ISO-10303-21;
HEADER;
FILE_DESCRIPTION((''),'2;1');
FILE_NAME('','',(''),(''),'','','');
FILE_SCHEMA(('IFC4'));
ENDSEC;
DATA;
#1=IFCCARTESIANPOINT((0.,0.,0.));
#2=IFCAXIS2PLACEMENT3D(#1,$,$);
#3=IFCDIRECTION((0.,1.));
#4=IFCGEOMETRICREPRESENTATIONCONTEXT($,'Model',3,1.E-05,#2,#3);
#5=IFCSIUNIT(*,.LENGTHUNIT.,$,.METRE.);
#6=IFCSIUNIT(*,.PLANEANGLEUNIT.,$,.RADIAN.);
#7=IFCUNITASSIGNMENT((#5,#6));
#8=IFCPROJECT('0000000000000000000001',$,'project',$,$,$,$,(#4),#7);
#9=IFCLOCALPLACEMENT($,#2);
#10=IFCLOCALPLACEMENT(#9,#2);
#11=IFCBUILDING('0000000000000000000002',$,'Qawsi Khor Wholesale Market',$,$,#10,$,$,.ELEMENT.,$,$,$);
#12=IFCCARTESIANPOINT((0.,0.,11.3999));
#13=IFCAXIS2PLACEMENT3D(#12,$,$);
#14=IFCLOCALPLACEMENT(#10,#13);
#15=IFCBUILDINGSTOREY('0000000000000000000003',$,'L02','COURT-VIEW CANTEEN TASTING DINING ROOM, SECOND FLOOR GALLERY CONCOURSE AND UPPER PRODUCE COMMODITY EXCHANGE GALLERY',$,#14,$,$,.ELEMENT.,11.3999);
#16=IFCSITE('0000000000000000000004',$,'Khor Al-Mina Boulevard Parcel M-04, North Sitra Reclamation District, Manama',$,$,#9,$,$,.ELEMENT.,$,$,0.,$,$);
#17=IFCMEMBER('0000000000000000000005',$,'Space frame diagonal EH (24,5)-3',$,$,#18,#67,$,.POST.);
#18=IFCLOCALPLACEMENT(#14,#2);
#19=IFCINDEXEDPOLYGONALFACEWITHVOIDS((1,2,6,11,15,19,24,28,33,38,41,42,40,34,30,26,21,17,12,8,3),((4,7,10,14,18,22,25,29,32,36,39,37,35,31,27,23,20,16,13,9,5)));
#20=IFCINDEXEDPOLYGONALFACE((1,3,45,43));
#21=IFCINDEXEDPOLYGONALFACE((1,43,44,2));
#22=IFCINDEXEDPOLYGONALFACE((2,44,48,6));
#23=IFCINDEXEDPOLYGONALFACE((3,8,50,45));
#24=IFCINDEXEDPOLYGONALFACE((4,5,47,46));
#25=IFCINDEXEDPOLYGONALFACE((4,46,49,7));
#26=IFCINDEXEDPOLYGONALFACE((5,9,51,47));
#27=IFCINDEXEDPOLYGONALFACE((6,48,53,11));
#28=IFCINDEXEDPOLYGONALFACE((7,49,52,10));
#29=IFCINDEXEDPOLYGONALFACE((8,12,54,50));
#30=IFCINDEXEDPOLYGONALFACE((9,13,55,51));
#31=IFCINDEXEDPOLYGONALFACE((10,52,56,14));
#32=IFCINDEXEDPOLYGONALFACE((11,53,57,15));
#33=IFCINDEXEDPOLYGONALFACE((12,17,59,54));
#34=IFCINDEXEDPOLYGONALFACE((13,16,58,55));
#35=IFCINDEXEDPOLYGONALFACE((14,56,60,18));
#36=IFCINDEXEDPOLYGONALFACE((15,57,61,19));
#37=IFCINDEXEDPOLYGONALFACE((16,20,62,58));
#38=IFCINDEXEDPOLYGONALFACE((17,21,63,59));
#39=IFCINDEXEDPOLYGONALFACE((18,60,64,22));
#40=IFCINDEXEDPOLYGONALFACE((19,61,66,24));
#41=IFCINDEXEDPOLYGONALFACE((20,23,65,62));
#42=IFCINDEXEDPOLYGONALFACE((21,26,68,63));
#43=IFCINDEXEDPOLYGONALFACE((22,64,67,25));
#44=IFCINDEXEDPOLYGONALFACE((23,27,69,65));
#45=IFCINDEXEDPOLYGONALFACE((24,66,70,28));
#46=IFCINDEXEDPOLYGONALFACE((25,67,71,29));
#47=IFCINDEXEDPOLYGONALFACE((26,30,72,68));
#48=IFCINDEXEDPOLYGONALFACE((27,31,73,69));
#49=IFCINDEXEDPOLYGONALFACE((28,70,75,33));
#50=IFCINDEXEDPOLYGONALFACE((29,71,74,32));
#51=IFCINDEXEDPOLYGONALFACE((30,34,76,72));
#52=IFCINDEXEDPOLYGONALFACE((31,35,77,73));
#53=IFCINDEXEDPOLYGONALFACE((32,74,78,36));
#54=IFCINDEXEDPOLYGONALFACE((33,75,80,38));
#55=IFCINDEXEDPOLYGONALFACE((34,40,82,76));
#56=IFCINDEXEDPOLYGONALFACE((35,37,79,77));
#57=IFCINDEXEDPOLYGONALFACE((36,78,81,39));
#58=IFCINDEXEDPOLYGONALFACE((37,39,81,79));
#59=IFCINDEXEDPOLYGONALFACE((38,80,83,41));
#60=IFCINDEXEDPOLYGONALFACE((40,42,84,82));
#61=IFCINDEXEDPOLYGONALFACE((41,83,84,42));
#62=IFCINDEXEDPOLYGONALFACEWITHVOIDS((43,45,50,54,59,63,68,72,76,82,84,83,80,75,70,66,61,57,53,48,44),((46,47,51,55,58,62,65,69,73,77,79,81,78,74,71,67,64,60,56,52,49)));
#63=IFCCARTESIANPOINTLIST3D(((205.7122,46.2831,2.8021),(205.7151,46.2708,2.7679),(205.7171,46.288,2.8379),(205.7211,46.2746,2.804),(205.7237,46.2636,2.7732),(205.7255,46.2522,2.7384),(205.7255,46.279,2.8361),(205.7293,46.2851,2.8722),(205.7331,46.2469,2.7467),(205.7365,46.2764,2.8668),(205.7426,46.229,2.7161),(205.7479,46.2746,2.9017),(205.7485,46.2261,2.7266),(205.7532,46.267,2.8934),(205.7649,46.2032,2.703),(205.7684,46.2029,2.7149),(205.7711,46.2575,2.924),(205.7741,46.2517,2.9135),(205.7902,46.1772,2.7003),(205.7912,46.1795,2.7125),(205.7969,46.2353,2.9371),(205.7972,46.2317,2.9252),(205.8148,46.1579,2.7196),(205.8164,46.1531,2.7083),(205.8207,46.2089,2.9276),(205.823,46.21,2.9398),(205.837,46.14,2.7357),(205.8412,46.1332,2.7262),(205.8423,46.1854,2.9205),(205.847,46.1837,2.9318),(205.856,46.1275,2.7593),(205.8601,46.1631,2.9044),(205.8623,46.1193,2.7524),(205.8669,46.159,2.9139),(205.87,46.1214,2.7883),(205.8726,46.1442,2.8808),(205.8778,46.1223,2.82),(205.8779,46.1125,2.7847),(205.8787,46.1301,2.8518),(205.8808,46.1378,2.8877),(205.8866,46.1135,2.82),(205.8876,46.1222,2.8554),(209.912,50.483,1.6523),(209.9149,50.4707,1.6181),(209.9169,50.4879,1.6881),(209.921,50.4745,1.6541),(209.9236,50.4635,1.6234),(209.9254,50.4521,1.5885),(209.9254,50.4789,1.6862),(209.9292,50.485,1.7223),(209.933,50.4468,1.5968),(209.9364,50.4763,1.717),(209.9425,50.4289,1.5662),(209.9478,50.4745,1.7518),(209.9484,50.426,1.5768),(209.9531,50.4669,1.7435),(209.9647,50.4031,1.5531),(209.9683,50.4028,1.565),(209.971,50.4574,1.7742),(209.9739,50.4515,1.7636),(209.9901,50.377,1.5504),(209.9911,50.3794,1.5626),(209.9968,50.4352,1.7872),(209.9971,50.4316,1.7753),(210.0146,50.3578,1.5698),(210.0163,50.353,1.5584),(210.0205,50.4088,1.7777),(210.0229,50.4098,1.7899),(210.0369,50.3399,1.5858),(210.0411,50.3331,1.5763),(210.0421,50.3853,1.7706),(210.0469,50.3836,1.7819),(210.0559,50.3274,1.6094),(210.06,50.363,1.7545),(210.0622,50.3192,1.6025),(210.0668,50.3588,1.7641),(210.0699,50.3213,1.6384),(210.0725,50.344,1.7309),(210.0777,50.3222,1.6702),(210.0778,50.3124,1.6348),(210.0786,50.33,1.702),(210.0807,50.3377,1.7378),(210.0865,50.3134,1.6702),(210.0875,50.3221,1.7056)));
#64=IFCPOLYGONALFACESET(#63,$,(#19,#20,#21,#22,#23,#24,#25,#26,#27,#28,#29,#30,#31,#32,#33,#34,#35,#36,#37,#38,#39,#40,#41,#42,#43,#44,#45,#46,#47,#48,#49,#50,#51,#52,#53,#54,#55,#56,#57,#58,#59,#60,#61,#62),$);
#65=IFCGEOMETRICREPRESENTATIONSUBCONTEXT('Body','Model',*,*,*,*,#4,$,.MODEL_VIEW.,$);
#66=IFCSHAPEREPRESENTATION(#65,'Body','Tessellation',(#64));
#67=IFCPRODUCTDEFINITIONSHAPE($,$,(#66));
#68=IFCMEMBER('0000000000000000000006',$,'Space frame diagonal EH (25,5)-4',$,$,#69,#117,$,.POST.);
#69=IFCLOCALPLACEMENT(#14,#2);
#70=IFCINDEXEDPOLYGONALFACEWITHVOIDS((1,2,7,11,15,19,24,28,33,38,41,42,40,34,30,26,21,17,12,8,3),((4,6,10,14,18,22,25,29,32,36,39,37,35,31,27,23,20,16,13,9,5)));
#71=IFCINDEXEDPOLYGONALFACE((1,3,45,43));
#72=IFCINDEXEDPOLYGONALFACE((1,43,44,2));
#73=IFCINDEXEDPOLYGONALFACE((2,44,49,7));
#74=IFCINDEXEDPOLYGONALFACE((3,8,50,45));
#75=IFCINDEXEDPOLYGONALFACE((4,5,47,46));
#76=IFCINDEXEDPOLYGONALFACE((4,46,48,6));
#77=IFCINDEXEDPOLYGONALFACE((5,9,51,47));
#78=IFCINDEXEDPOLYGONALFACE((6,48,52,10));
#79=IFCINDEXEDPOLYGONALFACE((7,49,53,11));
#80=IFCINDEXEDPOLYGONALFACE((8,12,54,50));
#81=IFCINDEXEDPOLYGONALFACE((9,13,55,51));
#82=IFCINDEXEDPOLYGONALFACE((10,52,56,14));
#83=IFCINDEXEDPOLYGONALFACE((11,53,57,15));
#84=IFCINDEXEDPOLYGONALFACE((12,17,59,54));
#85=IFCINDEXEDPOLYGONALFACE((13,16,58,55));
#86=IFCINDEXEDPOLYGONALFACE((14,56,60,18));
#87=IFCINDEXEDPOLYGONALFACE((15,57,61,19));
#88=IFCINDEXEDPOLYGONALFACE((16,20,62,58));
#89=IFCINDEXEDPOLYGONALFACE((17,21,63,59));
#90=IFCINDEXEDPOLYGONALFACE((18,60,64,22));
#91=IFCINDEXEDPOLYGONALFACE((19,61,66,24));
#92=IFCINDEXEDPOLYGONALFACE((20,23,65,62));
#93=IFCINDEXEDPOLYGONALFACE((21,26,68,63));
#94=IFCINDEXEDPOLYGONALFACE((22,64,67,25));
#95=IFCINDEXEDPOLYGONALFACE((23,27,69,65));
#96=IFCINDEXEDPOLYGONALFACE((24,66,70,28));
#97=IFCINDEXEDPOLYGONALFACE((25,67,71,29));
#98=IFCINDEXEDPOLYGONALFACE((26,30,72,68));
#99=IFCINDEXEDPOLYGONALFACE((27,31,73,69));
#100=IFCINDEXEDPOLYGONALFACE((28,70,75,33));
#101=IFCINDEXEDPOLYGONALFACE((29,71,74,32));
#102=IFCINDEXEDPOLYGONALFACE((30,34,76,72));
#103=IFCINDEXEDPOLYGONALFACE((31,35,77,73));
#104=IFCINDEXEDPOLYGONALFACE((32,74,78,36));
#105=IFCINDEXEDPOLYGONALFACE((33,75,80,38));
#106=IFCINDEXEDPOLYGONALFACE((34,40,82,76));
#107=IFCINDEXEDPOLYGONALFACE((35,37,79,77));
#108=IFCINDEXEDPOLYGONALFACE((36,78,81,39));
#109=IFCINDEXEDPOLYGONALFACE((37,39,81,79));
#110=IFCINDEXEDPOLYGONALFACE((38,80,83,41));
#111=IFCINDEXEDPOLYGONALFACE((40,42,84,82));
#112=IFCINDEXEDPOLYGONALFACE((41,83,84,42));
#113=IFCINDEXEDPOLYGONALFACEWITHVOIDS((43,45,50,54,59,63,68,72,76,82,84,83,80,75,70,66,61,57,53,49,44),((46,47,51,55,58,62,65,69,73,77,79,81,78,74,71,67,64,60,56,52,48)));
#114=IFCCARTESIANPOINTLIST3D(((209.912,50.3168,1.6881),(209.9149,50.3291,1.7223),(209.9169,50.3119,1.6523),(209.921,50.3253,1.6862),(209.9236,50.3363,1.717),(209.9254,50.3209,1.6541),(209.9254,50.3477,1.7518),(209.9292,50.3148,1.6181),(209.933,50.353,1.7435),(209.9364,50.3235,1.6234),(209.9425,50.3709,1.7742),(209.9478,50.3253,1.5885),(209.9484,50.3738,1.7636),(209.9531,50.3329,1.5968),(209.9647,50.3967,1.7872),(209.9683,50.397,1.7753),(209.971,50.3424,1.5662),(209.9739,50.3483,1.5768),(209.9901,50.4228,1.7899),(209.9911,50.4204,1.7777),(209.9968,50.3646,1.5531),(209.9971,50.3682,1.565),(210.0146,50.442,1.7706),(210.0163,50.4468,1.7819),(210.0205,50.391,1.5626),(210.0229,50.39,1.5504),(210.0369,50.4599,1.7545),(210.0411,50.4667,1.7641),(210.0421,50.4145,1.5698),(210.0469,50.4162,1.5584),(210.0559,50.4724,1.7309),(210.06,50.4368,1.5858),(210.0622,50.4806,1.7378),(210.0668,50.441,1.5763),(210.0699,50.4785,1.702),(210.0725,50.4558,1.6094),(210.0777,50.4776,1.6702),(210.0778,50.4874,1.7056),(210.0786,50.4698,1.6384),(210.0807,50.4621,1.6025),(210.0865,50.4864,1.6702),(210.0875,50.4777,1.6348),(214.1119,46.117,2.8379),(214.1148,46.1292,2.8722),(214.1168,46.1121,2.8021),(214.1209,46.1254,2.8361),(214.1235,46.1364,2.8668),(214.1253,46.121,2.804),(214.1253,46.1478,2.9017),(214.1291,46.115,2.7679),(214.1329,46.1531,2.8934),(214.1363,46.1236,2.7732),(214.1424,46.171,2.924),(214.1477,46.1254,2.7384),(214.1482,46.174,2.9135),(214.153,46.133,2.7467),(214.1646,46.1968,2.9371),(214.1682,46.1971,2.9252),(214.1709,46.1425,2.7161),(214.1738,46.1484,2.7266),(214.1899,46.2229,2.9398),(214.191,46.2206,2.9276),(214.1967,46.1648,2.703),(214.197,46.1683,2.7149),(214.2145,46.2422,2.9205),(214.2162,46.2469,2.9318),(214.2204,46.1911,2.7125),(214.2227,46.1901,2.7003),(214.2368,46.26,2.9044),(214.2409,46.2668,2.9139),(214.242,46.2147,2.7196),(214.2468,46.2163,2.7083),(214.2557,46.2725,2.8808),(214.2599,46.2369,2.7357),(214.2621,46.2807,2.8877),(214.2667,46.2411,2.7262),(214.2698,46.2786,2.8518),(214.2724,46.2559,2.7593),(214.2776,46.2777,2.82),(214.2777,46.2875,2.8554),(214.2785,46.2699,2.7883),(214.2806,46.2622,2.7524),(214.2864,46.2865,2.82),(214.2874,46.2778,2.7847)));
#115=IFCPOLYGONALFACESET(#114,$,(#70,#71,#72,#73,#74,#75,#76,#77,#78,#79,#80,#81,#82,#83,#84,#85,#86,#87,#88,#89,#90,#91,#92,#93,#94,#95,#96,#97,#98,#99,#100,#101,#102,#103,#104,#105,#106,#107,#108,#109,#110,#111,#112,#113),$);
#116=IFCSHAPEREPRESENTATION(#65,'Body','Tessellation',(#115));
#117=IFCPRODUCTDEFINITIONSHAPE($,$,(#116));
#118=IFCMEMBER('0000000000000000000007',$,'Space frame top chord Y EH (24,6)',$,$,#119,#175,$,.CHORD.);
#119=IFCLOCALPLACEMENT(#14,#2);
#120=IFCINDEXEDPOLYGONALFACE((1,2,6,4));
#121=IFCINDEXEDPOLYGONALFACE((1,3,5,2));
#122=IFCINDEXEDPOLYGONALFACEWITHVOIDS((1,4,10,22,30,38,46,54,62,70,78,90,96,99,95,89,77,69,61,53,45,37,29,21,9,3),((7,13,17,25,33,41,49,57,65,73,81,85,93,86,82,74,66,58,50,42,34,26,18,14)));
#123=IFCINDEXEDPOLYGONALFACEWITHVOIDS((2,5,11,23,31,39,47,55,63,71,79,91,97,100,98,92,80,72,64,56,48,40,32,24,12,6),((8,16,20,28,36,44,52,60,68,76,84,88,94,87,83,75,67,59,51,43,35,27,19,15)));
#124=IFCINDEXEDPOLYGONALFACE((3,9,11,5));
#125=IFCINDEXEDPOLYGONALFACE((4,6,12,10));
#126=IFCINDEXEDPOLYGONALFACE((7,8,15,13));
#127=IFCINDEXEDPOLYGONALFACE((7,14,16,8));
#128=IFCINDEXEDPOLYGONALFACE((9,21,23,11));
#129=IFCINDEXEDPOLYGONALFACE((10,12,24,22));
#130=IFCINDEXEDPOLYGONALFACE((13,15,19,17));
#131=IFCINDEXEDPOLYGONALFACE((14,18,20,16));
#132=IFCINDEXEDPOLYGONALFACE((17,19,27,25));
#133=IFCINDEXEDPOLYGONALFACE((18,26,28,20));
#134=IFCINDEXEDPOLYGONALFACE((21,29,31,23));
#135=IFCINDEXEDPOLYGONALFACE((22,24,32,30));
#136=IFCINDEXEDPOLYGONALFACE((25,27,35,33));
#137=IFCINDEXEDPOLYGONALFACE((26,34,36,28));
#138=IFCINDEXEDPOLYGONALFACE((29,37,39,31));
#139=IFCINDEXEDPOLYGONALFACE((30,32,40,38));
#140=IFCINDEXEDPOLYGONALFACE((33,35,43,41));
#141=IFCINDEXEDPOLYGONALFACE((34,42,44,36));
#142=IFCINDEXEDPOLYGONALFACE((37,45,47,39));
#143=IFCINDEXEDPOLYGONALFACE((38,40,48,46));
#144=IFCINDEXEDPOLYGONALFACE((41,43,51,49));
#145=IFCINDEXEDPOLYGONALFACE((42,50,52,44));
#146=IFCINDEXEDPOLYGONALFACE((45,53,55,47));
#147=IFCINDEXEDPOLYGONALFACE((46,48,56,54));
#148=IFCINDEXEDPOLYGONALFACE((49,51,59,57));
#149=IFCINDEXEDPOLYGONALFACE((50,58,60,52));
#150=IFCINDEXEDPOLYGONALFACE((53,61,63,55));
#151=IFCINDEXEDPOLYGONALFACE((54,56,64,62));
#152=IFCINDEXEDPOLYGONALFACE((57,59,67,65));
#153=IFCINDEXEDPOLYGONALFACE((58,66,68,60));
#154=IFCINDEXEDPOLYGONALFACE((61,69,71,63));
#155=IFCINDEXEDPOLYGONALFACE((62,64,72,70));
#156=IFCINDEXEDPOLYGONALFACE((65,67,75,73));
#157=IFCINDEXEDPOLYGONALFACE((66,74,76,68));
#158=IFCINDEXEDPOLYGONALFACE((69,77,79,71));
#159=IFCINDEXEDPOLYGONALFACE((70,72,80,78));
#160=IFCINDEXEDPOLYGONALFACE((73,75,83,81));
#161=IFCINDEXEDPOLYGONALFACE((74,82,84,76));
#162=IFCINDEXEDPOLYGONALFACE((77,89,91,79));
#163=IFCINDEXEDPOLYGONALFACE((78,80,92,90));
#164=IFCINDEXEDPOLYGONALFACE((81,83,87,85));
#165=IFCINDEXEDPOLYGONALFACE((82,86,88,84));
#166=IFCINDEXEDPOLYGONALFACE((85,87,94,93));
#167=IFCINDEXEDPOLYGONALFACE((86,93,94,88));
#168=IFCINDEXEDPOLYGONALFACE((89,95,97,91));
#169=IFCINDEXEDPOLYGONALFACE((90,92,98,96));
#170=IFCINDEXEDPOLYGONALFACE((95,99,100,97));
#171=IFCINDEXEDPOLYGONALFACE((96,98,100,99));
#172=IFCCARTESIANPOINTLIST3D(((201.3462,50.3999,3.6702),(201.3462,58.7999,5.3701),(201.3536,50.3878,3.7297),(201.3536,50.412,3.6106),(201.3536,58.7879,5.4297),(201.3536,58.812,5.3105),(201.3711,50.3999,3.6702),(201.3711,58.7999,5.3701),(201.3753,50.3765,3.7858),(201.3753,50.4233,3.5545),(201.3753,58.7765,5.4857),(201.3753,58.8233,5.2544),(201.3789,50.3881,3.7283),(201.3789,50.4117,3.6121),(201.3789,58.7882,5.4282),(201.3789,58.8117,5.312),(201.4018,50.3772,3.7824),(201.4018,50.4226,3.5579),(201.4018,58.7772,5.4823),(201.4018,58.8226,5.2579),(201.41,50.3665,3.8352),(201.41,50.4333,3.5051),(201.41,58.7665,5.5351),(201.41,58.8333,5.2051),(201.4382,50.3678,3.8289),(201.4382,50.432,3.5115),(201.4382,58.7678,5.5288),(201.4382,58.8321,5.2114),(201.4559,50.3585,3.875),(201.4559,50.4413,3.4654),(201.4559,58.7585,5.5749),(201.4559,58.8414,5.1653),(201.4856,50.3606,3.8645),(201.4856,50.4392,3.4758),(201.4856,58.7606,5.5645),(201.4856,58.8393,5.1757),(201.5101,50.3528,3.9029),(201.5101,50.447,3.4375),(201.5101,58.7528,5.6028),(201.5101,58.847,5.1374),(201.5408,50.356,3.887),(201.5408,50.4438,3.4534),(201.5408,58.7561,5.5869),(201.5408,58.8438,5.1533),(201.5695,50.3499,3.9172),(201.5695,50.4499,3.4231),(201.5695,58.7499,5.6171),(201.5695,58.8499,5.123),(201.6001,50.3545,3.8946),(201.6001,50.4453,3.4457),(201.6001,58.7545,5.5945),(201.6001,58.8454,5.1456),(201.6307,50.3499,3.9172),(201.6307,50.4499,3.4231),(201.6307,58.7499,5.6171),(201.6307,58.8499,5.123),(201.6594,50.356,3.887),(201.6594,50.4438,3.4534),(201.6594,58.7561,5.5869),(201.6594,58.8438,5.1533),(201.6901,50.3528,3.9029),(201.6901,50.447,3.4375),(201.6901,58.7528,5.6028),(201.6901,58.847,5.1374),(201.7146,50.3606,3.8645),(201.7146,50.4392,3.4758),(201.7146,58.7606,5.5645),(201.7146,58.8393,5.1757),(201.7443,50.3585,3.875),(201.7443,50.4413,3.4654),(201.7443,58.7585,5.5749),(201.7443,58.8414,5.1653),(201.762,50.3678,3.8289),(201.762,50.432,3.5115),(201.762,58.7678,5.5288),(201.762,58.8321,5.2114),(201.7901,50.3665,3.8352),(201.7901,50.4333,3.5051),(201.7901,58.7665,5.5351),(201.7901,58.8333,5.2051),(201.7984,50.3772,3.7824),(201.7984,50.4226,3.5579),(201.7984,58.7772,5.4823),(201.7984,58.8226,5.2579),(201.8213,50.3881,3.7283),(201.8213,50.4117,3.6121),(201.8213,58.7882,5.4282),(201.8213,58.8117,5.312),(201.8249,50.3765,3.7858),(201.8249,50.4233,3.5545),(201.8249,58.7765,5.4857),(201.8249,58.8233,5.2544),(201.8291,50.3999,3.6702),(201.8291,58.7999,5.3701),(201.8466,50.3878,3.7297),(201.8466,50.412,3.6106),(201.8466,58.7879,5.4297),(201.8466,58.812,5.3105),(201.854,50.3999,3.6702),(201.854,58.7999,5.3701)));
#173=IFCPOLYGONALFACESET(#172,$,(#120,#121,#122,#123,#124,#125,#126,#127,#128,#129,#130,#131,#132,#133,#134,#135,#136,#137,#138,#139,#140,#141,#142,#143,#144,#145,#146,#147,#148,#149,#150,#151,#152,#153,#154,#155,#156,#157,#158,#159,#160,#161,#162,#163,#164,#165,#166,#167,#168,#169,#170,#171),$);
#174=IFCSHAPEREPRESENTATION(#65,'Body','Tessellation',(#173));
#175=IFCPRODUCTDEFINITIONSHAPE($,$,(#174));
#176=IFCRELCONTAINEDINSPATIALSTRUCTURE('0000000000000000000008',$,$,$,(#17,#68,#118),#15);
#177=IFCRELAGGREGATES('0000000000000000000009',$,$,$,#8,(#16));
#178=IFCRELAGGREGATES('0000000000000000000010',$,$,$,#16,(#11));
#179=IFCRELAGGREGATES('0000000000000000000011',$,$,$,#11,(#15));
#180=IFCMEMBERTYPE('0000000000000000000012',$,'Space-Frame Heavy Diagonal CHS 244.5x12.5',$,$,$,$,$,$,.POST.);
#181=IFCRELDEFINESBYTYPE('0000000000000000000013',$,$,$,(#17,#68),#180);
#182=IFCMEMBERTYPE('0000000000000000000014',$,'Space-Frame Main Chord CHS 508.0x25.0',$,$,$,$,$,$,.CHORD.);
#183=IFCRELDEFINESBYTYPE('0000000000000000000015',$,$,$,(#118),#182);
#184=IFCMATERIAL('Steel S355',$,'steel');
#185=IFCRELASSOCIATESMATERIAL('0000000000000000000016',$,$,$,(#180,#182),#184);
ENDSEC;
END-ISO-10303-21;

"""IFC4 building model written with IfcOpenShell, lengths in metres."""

from ifc_helpers import new_model, si_unit, direction, frame, origin, origin_2d, place, context, subcontext, project, spatial, hollow_circle, extrude, material, material_profile, profile_set, type_object, element, save


model = new_model("IFC4")

# Units and contexts
model_context = context("Model", 3, precision=1e-05, world=origin(), true_north=direction((0.0, 1.0)))
body_context = subcontext(model_context, "Body", "Model", "MODEL_VIEW")
ifc_project = project(units=[si_unit("LENGTHUNIT", "METRE"), si_unit("PLANEANGLEUNIT", "RADIAN")], contexts=[model_context])

# Site, building, storey
site_placement = place(None, origin())
site = spatial("IfcSite", under=ifc_project, at=site_placement, Name="Khor Al-Mina Boulevard Parcel M-04, North Sitra Reclamation District, Manama", CompositionType="ELEMENT", RefElevation=0.0)
building_placement = place(site_placement, origin())
building = spatial("IfcBuilding", under=site, at=building_placement, Name="Qawsi Khor Wholesale Market", CompositionType="ELEMENT")
storey_placement = place(building_placement, frame((0.0, 0.0, 11.3999)))
storey = spatial("IfcBuildingStorey", under=building, at=storey_placement, Name="L02", Description="COURT-VIEW CANTEEN TASTING DINING ROOM, SECOND FLOOR GALLERY CONCOURSE AND UPPER PRODUCE COMMODITY EXCHANGE GALLERY", CompositionType="ELEMENT", Elevation=11.3999)

# Members
ifc_material_1 = material(Name="Steel S355", Category="steel")
ifc_material_profile_1 = material_profile(ifc_material_1, hollow_circle(Radius=0.1223, WallThickness=0.0125, at=origin_2d()), Name="CHS 244.5x12.5")
ifc_profile_set_1 = profile_set([ifc_material_profile_1], Name="Steel S355")
member_type_1 = type_object("IfcMemberType", Name="Space-Frame Heavy Diagonal CHS 244.5x12.5", PredefinedType="POST", material=ifc_profile_set_1)
for number, where, z_axis, x_axis, name in (
    (1, (210.0, 50.3999, 1.6702), (-0.694217, -0.694217, 0.190069), (0.707107, -0.707107, 0.0), "Space frame diagonal EH (24,5)-3"),
    (2, (210.0, 50.3999, 1.6702), (0.694217, -0.694217, 0.190069), (0.707107, 0.707107, 0.0), "Space frame diagonal EH (25,5)-4"),
):
    element("IfcMember", number, at=place(storey_placement, frame(where, z_axis=z_axis, x_axis=x_axis)), inside=storey, type_object=member_type_1, Name=name, PredefinedType="POST", context=body_context, shape_type="SweptSolid", body=[
        extrude(hollow_circle(Radius=0.1223, WallThickness=0.0125, at=origin_2d()), origin(), (0.0, 0.0, 1.0), 6.0498),
    ])
ifc_material_profile_2 = material_profile(ifc_material_1, hollow_circle(Radius=0.2539, WallThickness=0.0249, at=origin_2d()), Name="CHS 508.0x25.0")
ifc_profile_set_2 = profile_set([ifc_material_profile_2], Name="Steel S355")
member_type_2 = type_object("IfcMemberType", Name="Space-Frame Main Chord CHS 508.0x25.0", PredefinedType="CHORD", material=ifc_profile_set_2)
member_1_placement = place(storey_placement, frame((201.6001, 50.3999, 3.6702), z_axis=(0.0, 0.980131, 0.198351), x_axis=(-1.0, 0.0, 0.0)))
element("IfcMember", 3, at=member_1_placement, inside=storey, type_object=member_type_2, Name="Space frame top chord Y EH (24,6)", PredefinedType="CHORD", context=body_context, shape_type="SweptSolid", body=[
    extrude(hollow_circle(Radius=0.2539, WallThickness=0.0249, at=origin_2d()), origin(), (0.0, 0.0, 1.0), 8.5703),
])

save(model, "model.ifc")
